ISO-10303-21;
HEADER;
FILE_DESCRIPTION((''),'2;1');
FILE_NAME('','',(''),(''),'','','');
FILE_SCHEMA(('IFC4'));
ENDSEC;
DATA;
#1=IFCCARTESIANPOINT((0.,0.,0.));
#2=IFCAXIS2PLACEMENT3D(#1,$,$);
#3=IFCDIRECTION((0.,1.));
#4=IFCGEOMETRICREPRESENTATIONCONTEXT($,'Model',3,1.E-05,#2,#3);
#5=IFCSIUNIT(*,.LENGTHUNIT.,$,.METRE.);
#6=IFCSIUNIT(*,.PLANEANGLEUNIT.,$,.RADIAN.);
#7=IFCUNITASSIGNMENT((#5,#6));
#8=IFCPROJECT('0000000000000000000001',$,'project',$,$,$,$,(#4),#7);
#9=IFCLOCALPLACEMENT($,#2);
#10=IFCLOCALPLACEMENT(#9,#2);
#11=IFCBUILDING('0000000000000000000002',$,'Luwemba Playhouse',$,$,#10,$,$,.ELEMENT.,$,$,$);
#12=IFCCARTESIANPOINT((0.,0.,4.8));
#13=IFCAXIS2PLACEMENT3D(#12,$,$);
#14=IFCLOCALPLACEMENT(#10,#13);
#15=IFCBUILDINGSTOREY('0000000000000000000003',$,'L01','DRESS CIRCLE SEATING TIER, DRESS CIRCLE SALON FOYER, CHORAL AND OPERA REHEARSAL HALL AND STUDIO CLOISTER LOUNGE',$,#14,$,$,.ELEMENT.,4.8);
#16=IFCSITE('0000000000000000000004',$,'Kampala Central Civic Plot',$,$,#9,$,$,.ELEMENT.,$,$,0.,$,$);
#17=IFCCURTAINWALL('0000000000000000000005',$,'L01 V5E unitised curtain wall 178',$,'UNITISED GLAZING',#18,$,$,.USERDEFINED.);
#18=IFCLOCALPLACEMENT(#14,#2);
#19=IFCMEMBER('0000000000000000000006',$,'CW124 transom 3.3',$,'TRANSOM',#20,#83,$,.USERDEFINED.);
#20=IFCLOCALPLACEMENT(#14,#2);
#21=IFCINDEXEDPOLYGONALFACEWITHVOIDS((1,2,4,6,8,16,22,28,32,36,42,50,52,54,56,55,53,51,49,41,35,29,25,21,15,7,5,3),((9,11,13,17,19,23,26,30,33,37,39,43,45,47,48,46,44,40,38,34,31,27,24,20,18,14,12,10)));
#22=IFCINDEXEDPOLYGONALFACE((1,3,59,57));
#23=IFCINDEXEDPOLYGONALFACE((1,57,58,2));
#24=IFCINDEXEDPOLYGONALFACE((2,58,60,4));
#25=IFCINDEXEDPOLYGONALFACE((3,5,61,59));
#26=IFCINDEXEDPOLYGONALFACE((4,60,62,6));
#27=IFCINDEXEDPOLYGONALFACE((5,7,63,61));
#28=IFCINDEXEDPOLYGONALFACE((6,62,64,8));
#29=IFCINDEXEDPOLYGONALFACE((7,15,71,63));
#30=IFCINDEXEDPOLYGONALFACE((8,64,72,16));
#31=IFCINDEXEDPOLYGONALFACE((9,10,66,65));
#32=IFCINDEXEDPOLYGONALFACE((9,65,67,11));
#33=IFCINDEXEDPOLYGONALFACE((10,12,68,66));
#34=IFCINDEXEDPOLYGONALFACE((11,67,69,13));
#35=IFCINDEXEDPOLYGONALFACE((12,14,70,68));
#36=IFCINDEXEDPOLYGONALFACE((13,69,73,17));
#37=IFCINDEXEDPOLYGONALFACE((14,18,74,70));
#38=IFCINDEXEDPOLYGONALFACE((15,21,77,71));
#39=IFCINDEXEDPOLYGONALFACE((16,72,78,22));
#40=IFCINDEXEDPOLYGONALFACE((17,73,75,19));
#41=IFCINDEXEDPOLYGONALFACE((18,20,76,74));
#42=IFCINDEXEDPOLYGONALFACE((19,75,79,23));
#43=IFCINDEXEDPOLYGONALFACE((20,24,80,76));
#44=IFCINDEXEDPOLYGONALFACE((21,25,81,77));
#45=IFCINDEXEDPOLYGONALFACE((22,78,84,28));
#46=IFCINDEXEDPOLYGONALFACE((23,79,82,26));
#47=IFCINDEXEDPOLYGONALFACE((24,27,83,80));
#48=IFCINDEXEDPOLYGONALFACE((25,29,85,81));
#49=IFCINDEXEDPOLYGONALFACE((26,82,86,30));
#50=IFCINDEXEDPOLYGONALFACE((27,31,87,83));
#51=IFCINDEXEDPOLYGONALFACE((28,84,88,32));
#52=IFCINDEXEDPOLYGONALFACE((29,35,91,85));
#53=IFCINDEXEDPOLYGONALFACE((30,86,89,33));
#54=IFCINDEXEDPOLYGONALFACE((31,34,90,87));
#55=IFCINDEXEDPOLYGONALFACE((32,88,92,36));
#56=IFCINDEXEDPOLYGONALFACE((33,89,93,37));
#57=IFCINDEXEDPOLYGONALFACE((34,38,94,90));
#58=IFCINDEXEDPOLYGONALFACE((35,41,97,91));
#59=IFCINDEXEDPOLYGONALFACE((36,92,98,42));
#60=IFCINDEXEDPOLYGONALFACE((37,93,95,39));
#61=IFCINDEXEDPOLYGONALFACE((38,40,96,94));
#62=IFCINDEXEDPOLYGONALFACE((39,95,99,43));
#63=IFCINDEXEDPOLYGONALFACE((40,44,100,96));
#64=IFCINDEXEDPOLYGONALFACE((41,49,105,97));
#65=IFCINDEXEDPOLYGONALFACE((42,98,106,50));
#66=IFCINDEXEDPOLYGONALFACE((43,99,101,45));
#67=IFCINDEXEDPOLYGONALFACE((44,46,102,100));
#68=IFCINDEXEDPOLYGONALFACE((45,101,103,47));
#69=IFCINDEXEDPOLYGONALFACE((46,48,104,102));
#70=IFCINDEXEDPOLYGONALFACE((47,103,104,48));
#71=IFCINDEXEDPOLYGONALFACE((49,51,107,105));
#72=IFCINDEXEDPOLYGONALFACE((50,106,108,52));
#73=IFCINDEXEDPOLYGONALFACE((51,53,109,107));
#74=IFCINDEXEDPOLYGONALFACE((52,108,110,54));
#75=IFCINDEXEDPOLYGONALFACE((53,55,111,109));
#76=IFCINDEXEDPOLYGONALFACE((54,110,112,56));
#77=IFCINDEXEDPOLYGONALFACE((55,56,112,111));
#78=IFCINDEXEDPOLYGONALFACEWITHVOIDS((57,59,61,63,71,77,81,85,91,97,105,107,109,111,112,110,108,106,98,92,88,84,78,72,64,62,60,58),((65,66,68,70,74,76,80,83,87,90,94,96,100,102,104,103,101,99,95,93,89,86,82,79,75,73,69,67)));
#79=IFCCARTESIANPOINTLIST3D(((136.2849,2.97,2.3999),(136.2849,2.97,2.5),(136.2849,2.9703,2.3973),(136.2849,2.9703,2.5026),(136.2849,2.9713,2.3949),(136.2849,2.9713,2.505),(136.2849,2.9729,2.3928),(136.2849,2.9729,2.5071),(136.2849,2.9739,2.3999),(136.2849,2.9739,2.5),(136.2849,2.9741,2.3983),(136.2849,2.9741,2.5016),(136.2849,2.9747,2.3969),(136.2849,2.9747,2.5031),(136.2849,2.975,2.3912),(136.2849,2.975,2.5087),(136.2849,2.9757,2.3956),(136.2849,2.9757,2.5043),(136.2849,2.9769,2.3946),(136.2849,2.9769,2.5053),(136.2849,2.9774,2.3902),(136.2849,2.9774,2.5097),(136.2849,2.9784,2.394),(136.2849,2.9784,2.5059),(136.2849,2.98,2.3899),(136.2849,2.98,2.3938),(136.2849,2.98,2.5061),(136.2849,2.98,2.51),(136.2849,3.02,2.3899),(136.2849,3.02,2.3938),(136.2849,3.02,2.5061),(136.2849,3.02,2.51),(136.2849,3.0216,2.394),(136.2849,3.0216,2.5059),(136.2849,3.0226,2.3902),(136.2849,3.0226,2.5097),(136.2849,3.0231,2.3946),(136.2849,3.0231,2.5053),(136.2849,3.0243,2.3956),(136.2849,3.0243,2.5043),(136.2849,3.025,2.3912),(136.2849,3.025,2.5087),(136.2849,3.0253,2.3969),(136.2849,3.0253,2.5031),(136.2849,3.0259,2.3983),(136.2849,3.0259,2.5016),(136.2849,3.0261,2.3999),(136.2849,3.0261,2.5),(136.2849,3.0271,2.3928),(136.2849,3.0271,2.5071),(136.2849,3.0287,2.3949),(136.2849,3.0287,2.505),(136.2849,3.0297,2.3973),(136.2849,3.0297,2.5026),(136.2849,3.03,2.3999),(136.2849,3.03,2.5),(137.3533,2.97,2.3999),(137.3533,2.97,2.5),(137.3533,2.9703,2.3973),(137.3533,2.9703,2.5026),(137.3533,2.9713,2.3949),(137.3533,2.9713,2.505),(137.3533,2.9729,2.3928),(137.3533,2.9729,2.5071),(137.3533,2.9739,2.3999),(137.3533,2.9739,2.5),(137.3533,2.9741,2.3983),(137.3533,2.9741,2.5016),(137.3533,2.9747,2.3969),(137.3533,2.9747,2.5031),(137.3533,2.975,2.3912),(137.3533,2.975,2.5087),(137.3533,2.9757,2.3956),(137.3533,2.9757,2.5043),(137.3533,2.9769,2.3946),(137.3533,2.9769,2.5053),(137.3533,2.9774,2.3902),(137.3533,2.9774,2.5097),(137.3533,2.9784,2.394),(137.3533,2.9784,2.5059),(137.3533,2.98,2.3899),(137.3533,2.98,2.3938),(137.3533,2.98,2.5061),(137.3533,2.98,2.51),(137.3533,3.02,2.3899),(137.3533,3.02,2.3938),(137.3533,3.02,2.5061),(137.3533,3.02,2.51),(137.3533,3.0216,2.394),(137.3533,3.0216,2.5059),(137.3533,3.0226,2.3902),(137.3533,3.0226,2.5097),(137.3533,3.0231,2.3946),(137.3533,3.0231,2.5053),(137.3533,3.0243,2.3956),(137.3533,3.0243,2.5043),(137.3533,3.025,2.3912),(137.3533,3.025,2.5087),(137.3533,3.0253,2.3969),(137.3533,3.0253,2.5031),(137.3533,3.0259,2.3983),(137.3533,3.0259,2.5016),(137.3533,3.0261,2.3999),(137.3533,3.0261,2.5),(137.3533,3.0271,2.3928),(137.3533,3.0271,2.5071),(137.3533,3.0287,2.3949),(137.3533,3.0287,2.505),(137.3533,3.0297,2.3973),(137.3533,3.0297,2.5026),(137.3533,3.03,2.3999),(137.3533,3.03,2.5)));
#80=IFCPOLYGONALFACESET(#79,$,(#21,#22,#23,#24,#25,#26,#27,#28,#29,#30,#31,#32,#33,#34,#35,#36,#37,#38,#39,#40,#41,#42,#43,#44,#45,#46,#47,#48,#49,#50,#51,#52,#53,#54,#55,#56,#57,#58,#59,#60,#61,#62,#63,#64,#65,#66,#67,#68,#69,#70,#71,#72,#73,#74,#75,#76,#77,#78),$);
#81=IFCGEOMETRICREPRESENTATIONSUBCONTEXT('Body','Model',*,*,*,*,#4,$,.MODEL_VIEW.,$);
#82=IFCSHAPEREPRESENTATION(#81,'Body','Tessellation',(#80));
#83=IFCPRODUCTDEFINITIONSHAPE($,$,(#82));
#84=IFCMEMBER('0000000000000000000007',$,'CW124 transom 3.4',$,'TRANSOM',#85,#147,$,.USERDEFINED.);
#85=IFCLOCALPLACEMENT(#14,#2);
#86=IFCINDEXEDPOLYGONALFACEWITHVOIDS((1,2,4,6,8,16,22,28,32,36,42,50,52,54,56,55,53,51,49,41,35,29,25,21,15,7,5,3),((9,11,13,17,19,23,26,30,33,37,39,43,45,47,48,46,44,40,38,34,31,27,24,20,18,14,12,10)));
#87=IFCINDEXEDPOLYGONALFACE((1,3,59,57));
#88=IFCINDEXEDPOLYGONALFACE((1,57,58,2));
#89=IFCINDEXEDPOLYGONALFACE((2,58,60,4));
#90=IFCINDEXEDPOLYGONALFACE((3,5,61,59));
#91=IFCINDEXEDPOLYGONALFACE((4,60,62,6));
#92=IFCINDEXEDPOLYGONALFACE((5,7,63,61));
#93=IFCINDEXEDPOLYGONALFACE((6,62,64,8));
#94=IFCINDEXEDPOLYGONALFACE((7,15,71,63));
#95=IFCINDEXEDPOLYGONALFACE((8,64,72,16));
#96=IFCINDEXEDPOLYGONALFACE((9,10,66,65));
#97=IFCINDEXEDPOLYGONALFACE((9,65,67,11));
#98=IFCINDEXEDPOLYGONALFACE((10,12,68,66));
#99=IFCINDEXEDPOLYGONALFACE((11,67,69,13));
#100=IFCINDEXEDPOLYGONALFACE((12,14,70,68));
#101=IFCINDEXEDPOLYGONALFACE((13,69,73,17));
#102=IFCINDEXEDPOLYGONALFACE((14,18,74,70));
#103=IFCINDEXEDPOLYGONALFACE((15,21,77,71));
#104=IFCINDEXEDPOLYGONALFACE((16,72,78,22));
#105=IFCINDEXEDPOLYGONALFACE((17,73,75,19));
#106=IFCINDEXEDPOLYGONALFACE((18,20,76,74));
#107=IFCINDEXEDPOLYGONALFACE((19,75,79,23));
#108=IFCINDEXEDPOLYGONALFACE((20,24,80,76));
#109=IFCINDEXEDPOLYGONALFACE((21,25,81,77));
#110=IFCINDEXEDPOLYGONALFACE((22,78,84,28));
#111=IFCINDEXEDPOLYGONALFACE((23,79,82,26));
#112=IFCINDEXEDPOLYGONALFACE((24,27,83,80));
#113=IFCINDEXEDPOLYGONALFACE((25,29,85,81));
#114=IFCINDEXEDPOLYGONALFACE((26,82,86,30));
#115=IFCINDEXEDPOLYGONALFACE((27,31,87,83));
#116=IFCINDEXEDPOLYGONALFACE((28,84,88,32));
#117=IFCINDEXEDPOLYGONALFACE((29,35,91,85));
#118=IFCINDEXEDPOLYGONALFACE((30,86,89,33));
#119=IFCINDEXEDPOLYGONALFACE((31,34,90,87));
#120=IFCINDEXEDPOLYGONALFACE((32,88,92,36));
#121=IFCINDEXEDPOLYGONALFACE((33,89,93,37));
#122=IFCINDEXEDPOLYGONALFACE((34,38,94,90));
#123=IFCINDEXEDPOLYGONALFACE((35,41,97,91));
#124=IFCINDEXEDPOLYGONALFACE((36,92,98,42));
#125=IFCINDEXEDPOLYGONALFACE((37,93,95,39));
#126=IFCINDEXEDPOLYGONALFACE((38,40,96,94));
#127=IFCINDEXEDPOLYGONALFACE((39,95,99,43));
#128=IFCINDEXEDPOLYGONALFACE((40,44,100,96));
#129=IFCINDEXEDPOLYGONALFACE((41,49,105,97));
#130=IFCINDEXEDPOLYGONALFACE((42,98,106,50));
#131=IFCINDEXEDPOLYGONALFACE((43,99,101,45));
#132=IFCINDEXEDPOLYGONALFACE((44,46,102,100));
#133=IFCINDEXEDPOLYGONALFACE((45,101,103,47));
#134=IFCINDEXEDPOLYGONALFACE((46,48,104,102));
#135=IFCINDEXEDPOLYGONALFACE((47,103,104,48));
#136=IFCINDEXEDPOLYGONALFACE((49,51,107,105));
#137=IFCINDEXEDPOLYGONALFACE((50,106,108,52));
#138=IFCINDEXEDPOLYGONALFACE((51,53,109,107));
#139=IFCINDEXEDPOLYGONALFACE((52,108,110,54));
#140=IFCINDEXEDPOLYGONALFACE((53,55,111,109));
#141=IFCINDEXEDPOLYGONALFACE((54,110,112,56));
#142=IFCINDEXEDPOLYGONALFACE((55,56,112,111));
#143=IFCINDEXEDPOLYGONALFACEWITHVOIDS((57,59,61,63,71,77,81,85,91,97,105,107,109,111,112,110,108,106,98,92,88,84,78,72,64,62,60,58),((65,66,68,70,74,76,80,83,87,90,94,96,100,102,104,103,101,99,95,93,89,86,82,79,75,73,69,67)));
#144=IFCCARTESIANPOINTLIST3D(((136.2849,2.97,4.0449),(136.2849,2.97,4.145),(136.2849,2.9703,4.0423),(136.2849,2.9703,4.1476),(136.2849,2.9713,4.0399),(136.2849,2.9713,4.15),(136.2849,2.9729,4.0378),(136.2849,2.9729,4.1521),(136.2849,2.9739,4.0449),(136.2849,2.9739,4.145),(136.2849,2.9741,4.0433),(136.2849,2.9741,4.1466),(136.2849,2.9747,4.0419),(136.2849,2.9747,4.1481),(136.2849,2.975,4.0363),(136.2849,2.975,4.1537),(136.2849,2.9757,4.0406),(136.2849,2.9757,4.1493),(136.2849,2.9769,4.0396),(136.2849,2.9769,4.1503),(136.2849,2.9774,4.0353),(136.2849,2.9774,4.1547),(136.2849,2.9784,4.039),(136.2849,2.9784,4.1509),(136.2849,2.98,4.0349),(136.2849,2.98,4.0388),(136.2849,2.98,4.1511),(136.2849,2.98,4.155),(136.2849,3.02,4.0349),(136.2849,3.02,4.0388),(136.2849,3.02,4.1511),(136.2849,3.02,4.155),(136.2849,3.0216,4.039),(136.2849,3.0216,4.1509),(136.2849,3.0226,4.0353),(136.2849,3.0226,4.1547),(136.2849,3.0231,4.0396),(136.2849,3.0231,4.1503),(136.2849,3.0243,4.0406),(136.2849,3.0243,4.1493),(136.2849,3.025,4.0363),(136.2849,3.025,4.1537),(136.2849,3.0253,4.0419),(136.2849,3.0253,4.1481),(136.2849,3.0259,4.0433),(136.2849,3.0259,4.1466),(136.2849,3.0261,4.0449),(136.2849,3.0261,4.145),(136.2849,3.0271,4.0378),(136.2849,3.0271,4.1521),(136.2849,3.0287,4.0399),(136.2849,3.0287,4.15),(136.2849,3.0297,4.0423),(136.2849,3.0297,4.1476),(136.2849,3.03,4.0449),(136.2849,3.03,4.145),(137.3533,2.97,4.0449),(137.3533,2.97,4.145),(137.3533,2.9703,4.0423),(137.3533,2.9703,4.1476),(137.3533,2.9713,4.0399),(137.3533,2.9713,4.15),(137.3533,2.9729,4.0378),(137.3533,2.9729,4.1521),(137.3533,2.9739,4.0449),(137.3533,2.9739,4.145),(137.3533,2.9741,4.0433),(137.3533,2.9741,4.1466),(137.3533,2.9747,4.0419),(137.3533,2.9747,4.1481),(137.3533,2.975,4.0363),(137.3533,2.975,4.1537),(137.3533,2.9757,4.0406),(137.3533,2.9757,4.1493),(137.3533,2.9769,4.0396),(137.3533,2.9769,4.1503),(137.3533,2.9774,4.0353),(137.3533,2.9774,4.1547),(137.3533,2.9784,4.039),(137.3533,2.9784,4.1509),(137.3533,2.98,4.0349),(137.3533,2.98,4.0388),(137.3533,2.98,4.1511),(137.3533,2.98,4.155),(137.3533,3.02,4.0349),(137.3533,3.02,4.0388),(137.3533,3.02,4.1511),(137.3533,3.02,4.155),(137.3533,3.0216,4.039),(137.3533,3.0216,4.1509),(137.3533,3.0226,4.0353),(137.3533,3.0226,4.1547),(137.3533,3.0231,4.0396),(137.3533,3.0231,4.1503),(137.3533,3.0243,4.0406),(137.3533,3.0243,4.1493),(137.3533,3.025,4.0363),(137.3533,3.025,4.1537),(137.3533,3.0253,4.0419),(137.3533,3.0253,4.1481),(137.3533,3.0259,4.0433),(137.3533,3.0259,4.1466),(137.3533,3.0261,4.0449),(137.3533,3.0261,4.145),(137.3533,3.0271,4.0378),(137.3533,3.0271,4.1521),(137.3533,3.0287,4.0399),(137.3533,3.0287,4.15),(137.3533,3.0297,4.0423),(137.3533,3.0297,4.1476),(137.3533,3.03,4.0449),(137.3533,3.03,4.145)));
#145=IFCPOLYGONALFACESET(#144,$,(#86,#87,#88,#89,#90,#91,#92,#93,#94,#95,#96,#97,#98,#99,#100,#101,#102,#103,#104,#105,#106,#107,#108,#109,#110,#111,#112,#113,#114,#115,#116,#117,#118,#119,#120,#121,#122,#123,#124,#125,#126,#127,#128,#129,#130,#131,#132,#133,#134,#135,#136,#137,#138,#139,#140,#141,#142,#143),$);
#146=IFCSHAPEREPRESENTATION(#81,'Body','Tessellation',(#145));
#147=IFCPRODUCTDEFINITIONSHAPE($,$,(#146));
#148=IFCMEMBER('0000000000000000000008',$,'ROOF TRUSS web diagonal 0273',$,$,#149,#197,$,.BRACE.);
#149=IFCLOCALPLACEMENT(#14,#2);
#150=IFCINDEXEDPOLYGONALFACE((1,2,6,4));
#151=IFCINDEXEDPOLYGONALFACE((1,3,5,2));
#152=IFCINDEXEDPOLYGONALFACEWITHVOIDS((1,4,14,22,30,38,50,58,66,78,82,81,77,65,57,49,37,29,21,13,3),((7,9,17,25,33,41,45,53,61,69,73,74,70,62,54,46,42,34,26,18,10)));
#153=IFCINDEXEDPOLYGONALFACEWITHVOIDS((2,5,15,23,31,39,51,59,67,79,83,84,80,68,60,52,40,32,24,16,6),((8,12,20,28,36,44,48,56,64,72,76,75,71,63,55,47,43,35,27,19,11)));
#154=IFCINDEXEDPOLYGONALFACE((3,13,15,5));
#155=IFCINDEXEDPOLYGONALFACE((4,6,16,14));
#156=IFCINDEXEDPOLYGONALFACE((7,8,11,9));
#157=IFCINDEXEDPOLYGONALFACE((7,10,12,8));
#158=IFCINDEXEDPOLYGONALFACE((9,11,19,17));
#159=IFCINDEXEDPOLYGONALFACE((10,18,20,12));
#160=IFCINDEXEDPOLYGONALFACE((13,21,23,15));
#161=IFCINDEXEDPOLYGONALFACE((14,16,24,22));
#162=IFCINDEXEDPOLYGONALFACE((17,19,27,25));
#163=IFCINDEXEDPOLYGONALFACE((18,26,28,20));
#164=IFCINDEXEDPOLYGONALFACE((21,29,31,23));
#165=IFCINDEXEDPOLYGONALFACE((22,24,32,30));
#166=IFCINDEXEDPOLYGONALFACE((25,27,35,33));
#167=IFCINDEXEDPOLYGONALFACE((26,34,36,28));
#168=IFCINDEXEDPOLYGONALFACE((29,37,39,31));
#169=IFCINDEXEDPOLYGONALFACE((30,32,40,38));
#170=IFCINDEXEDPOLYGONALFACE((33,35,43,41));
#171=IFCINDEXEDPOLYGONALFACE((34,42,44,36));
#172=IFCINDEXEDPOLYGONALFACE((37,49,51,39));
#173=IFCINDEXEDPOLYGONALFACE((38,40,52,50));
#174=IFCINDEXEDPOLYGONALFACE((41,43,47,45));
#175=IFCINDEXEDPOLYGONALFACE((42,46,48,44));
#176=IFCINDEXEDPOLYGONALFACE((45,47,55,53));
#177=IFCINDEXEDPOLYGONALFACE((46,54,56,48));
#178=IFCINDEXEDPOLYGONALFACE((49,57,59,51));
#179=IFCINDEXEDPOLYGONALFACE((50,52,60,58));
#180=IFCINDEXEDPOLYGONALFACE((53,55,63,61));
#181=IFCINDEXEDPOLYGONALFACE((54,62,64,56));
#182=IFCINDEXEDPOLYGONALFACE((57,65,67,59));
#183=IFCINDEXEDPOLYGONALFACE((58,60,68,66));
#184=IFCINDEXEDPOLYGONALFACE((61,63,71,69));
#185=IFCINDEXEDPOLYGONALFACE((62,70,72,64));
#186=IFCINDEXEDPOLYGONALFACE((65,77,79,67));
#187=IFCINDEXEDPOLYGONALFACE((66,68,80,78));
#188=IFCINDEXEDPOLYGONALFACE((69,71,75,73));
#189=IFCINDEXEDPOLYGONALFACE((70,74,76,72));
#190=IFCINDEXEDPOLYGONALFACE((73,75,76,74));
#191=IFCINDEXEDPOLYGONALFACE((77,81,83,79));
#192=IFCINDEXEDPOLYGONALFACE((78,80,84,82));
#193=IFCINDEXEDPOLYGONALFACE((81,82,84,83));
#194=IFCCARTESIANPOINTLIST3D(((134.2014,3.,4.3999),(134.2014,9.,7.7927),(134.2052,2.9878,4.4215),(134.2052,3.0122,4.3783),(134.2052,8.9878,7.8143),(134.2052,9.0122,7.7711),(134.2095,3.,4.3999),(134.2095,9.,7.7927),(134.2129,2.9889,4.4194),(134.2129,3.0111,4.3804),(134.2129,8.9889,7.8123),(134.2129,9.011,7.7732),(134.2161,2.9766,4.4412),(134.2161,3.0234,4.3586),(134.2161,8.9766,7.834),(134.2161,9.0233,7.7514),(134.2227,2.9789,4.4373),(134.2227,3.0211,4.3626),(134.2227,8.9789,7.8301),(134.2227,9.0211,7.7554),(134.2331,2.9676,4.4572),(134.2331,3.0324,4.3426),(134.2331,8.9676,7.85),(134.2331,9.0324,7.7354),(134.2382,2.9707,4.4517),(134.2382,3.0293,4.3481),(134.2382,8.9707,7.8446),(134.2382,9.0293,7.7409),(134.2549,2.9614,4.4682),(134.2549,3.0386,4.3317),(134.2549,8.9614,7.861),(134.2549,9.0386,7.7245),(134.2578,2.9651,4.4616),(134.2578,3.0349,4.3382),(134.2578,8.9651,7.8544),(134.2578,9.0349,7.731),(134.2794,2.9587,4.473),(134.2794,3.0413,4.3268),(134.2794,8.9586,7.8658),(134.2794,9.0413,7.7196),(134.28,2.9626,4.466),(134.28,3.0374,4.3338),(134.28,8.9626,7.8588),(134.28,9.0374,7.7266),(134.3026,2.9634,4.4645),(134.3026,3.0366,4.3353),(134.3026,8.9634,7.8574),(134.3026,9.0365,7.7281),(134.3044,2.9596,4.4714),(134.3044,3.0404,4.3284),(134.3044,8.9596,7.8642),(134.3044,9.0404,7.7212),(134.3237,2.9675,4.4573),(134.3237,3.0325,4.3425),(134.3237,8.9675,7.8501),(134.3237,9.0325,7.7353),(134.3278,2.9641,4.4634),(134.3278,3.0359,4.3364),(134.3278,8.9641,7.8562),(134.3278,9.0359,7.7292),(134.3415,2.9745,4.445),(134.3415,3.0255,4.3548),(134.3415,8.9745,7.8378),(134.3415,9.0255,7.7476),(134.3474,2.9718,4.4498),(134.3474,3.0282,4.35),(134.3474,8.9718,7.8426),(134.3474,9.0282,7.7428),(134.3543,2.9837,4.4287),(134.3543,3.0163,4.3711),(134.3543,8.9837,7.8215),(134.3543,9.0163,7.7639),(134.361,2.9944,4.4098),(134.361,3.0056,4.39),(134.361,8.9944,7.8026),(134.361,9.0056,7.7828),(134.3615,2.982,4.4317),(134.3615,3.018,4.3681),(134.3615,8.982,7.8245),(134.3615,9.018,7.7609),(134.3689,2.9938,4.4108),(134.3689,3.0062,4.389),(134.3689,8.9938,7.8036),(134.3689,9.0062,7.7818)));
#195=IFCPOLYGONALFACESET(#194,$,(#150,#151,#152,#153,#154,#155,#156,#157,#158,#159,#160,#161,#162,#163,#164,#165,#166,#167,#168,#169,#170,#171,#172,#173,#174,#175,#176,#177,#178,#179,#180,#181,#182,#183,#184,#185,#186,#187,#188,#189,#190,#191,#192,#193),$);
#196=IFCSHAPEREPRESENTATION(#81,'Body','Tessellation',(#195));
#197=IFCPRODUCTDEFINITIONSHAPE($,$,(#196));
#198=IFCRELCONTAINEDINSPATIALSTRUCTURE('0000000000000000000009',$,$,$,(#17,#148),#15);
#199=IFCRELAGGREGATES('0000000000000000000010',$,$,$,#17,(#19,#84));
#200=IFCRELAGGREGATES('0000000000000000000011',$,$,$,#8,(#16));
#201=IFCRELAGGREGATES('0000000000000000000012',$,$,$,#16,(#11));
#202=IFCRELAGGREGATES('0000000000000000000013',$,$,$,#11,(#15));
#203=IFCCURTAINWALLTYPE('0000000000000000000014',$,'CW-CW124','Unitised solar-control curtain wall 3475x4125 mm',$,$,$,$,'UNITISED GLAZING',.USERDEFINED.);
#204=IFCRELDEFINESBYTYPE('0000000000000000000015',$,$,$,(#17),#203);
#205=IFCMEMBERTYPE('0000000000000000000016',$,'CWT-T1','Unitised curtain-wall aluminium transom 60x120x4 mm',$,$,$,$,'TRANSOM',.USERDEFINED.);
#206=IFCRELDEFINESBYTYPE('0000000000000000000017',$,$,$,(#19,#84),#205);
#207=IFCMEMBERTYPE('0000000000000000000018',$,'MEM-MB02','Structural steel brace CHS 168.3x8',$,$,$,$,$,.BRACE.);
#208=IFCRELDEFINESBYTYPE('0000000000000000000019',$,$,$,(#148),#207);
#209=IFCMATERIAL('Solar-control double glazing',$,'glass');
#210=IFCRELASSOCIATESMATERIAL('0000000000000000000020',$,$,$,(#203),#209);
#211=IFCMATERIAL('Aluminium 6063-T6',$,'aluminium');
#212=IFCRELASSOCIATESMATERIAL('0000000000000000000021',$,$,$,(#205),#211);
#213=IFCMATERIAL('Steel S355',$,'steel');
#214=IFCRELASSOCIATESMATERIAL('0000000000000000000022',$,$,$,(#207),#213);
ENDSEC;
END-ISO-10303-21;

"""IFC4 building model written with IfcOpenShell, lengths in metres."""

from ifc_helpers import new_model, si_unit, direction, frame, origin, origin_2d, place, context, subcontext, project, spatial, hollow_rectangle, hollow_circle, extrude, material, material_profile, profile_set, type_object, element, aggregate, save


model = new_model("IFC4")

# Units and contexts
model_context = context("Model", 3, precision=1e-05, world=origin(), true_north=direction((0.0, 1.0)))
body_context = subcontext(model_context, "Body", "Model", "MODEL_VIEW")
ifc_project = project(units=[si_unit("LENGTHUNIT", "METRE"), si_unit("PLANEANGLEUNIT", "RADIAN")], contexts=[model_context])

# Site, building, storey
site_placement = place(None, origin())
site = spatial("IfcSite", under=ifc_project, at=site_placement, Name="Kampala Central Civic Plot", CompositionType="ELEMENT", RefElevation=0.0)
building_placement = place(site_placement, origin())
building = spatial("IfcBuilding", under=site, at=building_placement, Name="Luwemba Playhouse", CompositionType="ELEMENT")
storey_placement = place(building_placement, frame((0.0, 0.0, 4.8)))
storey = spatial("IfcBuildingStorey", under=building, at=storey_placement, Name="L01", Description="DRESS CIRCLE SEATING TIER, DRESS CIRCLE SALON FOYER, CHORAL AND OPERA REHEARSAL HALL AND STUDIO CLOISTER LOUNGE", CompositionType="ELEMENT", Elevation=4.8)

# Shared definitions
ifc_material_1 = material(Name="Steel S355", Category="steel")

# Curtain wall, members
ifc_material_2 = material(Name="Solar-control double glazing", Category="glass")
curtain_wall_type = type_object("IfcCurtainWallType", Name="CW-CW124", Description="Unitised solar-control curtain wall 3475x4125 mm", ElementType="UNITISED GLAZING", PredefinedType="USERDEFINED", material=ifc_material_2)
curtain_wall_placement = place(storey_placement, origin())
curtain_wall = element("IfcCurtainWall", 1, at=curtain_wall_placement, inside=storey, type_object=curtain_wall_type, Name="L01 V5E unitised curtain wall 178", ObjectType="UNITISED GLAZING", PredefinedType="USERDEFINED")
ifc_material_3 = material(Name="Aluminium 6063-T6", Category="aluminium")
ifc_material_profile_1 = material_profile(ifc_material_3, hollow_rectangle(XDim=0.0601, YDim=0.1201, WallThickness=0.0039, InnerFilletRadius=0.0061, OuterFilletRadius=0.01, at=origin_2d()))
ifc_profile_set_1 = profile_set([ifc_material_profile_1], Name="Aluminium 6063-T6")
member_type_1 = type_object("IfcMemberType", Name="CWT-T1", Description="Unitised curtain-wall aluminium transom 60x120x4 mm", ElementType="TRANSOM", PredefinedType="USERDEFINED", material=ifc_profile_set_1)
member_1_placement = place(storey_placement, frame((137.3533, 3.0, 2.45), z_axis=(-1.0, 0.0, 0.0), x_axis=(0.0, -1.0, 0.0)))
member_1 = element("IfcMember", 2, at=member_1_placement, type_object=member_type_1, Name="CW124 transom 3.3", ObjectType="TRANSOM", PredefinedType="USERDEFINED", context=body_context, shape_type="SweptSolid", body=[
    extrude(hollow_rectangle(XDim=0.0601, YDim=0.1201, WallThickness=0.0039, InnerFilletRadius=0.0061, OuterFilletRadius=0.01, at=origin_2d()), origin(), (0.0, 0.0, 1.0), 1.0684),
])
member_2_placement = place(storey_placement, frame((137.3533, 3.0, 4.095), z_axis=(-1.0, 0.0, 0.0), x_axis=(0.0, -1.0, 0.0)))
member_2 = element("IfcMember", 3, at=member_2_placement, type_object=member_type_1, Name="CW124 transom 3.4", ObjectType="TRANSOM", PredefinedType="USERDEFINED", context=body_context, shape_type="SweptSolid", body=[
    extrude(hollow_rectangle(XDim=0.0601, YDim=0.1201, WallThickness=0.0039, InnerFilletRadius=0.0061, OuterFilletRadius=0.01, at=origin_2d()), origin(), (0.0, 0.0, 1.0), 1.0684),
])

# Member
ifc_material_profile_2 = material_profile(ifc_material_1, hollow_circle(Radius=0.0842, WallThickness=0.0081, at=origin_2d()))
ifc_profile_set_2 = profile_set([ifc_material_profile_2], Name="Steel S355")
member_type_2 = type_object("IfcMemberType", Name="MEM-MB02", Description="Structural steel brace CHS 168.3x8", PredefinedType="BRACE", material=ifc_profile_set_2)
member_3_placement = place(storey_placement, frame((134.2856, 3.0, 4.3999), z_axis=(0.0, 0.870468, 0.492224), x_axis=(-1.0, 0.0, 0.0)))
element("IfcMember", 4, at=member_3_placement, inside=storey, type_object=member_type_2, Name="ROOF TRUSS web diagonal 0273", PredefinedType="BRACE", context=body_context, shape_type="SweptSolid", body=[
    extrude(hollow_circle(Radius=0.0842, WallThickness=0.0081, at=origin_2d()), origin(), (0.0, 0.0, 1.0), 6.8928),
])

aggregate(curtain_wall, [member_1, member_2])

save(model, "model.ifc")
